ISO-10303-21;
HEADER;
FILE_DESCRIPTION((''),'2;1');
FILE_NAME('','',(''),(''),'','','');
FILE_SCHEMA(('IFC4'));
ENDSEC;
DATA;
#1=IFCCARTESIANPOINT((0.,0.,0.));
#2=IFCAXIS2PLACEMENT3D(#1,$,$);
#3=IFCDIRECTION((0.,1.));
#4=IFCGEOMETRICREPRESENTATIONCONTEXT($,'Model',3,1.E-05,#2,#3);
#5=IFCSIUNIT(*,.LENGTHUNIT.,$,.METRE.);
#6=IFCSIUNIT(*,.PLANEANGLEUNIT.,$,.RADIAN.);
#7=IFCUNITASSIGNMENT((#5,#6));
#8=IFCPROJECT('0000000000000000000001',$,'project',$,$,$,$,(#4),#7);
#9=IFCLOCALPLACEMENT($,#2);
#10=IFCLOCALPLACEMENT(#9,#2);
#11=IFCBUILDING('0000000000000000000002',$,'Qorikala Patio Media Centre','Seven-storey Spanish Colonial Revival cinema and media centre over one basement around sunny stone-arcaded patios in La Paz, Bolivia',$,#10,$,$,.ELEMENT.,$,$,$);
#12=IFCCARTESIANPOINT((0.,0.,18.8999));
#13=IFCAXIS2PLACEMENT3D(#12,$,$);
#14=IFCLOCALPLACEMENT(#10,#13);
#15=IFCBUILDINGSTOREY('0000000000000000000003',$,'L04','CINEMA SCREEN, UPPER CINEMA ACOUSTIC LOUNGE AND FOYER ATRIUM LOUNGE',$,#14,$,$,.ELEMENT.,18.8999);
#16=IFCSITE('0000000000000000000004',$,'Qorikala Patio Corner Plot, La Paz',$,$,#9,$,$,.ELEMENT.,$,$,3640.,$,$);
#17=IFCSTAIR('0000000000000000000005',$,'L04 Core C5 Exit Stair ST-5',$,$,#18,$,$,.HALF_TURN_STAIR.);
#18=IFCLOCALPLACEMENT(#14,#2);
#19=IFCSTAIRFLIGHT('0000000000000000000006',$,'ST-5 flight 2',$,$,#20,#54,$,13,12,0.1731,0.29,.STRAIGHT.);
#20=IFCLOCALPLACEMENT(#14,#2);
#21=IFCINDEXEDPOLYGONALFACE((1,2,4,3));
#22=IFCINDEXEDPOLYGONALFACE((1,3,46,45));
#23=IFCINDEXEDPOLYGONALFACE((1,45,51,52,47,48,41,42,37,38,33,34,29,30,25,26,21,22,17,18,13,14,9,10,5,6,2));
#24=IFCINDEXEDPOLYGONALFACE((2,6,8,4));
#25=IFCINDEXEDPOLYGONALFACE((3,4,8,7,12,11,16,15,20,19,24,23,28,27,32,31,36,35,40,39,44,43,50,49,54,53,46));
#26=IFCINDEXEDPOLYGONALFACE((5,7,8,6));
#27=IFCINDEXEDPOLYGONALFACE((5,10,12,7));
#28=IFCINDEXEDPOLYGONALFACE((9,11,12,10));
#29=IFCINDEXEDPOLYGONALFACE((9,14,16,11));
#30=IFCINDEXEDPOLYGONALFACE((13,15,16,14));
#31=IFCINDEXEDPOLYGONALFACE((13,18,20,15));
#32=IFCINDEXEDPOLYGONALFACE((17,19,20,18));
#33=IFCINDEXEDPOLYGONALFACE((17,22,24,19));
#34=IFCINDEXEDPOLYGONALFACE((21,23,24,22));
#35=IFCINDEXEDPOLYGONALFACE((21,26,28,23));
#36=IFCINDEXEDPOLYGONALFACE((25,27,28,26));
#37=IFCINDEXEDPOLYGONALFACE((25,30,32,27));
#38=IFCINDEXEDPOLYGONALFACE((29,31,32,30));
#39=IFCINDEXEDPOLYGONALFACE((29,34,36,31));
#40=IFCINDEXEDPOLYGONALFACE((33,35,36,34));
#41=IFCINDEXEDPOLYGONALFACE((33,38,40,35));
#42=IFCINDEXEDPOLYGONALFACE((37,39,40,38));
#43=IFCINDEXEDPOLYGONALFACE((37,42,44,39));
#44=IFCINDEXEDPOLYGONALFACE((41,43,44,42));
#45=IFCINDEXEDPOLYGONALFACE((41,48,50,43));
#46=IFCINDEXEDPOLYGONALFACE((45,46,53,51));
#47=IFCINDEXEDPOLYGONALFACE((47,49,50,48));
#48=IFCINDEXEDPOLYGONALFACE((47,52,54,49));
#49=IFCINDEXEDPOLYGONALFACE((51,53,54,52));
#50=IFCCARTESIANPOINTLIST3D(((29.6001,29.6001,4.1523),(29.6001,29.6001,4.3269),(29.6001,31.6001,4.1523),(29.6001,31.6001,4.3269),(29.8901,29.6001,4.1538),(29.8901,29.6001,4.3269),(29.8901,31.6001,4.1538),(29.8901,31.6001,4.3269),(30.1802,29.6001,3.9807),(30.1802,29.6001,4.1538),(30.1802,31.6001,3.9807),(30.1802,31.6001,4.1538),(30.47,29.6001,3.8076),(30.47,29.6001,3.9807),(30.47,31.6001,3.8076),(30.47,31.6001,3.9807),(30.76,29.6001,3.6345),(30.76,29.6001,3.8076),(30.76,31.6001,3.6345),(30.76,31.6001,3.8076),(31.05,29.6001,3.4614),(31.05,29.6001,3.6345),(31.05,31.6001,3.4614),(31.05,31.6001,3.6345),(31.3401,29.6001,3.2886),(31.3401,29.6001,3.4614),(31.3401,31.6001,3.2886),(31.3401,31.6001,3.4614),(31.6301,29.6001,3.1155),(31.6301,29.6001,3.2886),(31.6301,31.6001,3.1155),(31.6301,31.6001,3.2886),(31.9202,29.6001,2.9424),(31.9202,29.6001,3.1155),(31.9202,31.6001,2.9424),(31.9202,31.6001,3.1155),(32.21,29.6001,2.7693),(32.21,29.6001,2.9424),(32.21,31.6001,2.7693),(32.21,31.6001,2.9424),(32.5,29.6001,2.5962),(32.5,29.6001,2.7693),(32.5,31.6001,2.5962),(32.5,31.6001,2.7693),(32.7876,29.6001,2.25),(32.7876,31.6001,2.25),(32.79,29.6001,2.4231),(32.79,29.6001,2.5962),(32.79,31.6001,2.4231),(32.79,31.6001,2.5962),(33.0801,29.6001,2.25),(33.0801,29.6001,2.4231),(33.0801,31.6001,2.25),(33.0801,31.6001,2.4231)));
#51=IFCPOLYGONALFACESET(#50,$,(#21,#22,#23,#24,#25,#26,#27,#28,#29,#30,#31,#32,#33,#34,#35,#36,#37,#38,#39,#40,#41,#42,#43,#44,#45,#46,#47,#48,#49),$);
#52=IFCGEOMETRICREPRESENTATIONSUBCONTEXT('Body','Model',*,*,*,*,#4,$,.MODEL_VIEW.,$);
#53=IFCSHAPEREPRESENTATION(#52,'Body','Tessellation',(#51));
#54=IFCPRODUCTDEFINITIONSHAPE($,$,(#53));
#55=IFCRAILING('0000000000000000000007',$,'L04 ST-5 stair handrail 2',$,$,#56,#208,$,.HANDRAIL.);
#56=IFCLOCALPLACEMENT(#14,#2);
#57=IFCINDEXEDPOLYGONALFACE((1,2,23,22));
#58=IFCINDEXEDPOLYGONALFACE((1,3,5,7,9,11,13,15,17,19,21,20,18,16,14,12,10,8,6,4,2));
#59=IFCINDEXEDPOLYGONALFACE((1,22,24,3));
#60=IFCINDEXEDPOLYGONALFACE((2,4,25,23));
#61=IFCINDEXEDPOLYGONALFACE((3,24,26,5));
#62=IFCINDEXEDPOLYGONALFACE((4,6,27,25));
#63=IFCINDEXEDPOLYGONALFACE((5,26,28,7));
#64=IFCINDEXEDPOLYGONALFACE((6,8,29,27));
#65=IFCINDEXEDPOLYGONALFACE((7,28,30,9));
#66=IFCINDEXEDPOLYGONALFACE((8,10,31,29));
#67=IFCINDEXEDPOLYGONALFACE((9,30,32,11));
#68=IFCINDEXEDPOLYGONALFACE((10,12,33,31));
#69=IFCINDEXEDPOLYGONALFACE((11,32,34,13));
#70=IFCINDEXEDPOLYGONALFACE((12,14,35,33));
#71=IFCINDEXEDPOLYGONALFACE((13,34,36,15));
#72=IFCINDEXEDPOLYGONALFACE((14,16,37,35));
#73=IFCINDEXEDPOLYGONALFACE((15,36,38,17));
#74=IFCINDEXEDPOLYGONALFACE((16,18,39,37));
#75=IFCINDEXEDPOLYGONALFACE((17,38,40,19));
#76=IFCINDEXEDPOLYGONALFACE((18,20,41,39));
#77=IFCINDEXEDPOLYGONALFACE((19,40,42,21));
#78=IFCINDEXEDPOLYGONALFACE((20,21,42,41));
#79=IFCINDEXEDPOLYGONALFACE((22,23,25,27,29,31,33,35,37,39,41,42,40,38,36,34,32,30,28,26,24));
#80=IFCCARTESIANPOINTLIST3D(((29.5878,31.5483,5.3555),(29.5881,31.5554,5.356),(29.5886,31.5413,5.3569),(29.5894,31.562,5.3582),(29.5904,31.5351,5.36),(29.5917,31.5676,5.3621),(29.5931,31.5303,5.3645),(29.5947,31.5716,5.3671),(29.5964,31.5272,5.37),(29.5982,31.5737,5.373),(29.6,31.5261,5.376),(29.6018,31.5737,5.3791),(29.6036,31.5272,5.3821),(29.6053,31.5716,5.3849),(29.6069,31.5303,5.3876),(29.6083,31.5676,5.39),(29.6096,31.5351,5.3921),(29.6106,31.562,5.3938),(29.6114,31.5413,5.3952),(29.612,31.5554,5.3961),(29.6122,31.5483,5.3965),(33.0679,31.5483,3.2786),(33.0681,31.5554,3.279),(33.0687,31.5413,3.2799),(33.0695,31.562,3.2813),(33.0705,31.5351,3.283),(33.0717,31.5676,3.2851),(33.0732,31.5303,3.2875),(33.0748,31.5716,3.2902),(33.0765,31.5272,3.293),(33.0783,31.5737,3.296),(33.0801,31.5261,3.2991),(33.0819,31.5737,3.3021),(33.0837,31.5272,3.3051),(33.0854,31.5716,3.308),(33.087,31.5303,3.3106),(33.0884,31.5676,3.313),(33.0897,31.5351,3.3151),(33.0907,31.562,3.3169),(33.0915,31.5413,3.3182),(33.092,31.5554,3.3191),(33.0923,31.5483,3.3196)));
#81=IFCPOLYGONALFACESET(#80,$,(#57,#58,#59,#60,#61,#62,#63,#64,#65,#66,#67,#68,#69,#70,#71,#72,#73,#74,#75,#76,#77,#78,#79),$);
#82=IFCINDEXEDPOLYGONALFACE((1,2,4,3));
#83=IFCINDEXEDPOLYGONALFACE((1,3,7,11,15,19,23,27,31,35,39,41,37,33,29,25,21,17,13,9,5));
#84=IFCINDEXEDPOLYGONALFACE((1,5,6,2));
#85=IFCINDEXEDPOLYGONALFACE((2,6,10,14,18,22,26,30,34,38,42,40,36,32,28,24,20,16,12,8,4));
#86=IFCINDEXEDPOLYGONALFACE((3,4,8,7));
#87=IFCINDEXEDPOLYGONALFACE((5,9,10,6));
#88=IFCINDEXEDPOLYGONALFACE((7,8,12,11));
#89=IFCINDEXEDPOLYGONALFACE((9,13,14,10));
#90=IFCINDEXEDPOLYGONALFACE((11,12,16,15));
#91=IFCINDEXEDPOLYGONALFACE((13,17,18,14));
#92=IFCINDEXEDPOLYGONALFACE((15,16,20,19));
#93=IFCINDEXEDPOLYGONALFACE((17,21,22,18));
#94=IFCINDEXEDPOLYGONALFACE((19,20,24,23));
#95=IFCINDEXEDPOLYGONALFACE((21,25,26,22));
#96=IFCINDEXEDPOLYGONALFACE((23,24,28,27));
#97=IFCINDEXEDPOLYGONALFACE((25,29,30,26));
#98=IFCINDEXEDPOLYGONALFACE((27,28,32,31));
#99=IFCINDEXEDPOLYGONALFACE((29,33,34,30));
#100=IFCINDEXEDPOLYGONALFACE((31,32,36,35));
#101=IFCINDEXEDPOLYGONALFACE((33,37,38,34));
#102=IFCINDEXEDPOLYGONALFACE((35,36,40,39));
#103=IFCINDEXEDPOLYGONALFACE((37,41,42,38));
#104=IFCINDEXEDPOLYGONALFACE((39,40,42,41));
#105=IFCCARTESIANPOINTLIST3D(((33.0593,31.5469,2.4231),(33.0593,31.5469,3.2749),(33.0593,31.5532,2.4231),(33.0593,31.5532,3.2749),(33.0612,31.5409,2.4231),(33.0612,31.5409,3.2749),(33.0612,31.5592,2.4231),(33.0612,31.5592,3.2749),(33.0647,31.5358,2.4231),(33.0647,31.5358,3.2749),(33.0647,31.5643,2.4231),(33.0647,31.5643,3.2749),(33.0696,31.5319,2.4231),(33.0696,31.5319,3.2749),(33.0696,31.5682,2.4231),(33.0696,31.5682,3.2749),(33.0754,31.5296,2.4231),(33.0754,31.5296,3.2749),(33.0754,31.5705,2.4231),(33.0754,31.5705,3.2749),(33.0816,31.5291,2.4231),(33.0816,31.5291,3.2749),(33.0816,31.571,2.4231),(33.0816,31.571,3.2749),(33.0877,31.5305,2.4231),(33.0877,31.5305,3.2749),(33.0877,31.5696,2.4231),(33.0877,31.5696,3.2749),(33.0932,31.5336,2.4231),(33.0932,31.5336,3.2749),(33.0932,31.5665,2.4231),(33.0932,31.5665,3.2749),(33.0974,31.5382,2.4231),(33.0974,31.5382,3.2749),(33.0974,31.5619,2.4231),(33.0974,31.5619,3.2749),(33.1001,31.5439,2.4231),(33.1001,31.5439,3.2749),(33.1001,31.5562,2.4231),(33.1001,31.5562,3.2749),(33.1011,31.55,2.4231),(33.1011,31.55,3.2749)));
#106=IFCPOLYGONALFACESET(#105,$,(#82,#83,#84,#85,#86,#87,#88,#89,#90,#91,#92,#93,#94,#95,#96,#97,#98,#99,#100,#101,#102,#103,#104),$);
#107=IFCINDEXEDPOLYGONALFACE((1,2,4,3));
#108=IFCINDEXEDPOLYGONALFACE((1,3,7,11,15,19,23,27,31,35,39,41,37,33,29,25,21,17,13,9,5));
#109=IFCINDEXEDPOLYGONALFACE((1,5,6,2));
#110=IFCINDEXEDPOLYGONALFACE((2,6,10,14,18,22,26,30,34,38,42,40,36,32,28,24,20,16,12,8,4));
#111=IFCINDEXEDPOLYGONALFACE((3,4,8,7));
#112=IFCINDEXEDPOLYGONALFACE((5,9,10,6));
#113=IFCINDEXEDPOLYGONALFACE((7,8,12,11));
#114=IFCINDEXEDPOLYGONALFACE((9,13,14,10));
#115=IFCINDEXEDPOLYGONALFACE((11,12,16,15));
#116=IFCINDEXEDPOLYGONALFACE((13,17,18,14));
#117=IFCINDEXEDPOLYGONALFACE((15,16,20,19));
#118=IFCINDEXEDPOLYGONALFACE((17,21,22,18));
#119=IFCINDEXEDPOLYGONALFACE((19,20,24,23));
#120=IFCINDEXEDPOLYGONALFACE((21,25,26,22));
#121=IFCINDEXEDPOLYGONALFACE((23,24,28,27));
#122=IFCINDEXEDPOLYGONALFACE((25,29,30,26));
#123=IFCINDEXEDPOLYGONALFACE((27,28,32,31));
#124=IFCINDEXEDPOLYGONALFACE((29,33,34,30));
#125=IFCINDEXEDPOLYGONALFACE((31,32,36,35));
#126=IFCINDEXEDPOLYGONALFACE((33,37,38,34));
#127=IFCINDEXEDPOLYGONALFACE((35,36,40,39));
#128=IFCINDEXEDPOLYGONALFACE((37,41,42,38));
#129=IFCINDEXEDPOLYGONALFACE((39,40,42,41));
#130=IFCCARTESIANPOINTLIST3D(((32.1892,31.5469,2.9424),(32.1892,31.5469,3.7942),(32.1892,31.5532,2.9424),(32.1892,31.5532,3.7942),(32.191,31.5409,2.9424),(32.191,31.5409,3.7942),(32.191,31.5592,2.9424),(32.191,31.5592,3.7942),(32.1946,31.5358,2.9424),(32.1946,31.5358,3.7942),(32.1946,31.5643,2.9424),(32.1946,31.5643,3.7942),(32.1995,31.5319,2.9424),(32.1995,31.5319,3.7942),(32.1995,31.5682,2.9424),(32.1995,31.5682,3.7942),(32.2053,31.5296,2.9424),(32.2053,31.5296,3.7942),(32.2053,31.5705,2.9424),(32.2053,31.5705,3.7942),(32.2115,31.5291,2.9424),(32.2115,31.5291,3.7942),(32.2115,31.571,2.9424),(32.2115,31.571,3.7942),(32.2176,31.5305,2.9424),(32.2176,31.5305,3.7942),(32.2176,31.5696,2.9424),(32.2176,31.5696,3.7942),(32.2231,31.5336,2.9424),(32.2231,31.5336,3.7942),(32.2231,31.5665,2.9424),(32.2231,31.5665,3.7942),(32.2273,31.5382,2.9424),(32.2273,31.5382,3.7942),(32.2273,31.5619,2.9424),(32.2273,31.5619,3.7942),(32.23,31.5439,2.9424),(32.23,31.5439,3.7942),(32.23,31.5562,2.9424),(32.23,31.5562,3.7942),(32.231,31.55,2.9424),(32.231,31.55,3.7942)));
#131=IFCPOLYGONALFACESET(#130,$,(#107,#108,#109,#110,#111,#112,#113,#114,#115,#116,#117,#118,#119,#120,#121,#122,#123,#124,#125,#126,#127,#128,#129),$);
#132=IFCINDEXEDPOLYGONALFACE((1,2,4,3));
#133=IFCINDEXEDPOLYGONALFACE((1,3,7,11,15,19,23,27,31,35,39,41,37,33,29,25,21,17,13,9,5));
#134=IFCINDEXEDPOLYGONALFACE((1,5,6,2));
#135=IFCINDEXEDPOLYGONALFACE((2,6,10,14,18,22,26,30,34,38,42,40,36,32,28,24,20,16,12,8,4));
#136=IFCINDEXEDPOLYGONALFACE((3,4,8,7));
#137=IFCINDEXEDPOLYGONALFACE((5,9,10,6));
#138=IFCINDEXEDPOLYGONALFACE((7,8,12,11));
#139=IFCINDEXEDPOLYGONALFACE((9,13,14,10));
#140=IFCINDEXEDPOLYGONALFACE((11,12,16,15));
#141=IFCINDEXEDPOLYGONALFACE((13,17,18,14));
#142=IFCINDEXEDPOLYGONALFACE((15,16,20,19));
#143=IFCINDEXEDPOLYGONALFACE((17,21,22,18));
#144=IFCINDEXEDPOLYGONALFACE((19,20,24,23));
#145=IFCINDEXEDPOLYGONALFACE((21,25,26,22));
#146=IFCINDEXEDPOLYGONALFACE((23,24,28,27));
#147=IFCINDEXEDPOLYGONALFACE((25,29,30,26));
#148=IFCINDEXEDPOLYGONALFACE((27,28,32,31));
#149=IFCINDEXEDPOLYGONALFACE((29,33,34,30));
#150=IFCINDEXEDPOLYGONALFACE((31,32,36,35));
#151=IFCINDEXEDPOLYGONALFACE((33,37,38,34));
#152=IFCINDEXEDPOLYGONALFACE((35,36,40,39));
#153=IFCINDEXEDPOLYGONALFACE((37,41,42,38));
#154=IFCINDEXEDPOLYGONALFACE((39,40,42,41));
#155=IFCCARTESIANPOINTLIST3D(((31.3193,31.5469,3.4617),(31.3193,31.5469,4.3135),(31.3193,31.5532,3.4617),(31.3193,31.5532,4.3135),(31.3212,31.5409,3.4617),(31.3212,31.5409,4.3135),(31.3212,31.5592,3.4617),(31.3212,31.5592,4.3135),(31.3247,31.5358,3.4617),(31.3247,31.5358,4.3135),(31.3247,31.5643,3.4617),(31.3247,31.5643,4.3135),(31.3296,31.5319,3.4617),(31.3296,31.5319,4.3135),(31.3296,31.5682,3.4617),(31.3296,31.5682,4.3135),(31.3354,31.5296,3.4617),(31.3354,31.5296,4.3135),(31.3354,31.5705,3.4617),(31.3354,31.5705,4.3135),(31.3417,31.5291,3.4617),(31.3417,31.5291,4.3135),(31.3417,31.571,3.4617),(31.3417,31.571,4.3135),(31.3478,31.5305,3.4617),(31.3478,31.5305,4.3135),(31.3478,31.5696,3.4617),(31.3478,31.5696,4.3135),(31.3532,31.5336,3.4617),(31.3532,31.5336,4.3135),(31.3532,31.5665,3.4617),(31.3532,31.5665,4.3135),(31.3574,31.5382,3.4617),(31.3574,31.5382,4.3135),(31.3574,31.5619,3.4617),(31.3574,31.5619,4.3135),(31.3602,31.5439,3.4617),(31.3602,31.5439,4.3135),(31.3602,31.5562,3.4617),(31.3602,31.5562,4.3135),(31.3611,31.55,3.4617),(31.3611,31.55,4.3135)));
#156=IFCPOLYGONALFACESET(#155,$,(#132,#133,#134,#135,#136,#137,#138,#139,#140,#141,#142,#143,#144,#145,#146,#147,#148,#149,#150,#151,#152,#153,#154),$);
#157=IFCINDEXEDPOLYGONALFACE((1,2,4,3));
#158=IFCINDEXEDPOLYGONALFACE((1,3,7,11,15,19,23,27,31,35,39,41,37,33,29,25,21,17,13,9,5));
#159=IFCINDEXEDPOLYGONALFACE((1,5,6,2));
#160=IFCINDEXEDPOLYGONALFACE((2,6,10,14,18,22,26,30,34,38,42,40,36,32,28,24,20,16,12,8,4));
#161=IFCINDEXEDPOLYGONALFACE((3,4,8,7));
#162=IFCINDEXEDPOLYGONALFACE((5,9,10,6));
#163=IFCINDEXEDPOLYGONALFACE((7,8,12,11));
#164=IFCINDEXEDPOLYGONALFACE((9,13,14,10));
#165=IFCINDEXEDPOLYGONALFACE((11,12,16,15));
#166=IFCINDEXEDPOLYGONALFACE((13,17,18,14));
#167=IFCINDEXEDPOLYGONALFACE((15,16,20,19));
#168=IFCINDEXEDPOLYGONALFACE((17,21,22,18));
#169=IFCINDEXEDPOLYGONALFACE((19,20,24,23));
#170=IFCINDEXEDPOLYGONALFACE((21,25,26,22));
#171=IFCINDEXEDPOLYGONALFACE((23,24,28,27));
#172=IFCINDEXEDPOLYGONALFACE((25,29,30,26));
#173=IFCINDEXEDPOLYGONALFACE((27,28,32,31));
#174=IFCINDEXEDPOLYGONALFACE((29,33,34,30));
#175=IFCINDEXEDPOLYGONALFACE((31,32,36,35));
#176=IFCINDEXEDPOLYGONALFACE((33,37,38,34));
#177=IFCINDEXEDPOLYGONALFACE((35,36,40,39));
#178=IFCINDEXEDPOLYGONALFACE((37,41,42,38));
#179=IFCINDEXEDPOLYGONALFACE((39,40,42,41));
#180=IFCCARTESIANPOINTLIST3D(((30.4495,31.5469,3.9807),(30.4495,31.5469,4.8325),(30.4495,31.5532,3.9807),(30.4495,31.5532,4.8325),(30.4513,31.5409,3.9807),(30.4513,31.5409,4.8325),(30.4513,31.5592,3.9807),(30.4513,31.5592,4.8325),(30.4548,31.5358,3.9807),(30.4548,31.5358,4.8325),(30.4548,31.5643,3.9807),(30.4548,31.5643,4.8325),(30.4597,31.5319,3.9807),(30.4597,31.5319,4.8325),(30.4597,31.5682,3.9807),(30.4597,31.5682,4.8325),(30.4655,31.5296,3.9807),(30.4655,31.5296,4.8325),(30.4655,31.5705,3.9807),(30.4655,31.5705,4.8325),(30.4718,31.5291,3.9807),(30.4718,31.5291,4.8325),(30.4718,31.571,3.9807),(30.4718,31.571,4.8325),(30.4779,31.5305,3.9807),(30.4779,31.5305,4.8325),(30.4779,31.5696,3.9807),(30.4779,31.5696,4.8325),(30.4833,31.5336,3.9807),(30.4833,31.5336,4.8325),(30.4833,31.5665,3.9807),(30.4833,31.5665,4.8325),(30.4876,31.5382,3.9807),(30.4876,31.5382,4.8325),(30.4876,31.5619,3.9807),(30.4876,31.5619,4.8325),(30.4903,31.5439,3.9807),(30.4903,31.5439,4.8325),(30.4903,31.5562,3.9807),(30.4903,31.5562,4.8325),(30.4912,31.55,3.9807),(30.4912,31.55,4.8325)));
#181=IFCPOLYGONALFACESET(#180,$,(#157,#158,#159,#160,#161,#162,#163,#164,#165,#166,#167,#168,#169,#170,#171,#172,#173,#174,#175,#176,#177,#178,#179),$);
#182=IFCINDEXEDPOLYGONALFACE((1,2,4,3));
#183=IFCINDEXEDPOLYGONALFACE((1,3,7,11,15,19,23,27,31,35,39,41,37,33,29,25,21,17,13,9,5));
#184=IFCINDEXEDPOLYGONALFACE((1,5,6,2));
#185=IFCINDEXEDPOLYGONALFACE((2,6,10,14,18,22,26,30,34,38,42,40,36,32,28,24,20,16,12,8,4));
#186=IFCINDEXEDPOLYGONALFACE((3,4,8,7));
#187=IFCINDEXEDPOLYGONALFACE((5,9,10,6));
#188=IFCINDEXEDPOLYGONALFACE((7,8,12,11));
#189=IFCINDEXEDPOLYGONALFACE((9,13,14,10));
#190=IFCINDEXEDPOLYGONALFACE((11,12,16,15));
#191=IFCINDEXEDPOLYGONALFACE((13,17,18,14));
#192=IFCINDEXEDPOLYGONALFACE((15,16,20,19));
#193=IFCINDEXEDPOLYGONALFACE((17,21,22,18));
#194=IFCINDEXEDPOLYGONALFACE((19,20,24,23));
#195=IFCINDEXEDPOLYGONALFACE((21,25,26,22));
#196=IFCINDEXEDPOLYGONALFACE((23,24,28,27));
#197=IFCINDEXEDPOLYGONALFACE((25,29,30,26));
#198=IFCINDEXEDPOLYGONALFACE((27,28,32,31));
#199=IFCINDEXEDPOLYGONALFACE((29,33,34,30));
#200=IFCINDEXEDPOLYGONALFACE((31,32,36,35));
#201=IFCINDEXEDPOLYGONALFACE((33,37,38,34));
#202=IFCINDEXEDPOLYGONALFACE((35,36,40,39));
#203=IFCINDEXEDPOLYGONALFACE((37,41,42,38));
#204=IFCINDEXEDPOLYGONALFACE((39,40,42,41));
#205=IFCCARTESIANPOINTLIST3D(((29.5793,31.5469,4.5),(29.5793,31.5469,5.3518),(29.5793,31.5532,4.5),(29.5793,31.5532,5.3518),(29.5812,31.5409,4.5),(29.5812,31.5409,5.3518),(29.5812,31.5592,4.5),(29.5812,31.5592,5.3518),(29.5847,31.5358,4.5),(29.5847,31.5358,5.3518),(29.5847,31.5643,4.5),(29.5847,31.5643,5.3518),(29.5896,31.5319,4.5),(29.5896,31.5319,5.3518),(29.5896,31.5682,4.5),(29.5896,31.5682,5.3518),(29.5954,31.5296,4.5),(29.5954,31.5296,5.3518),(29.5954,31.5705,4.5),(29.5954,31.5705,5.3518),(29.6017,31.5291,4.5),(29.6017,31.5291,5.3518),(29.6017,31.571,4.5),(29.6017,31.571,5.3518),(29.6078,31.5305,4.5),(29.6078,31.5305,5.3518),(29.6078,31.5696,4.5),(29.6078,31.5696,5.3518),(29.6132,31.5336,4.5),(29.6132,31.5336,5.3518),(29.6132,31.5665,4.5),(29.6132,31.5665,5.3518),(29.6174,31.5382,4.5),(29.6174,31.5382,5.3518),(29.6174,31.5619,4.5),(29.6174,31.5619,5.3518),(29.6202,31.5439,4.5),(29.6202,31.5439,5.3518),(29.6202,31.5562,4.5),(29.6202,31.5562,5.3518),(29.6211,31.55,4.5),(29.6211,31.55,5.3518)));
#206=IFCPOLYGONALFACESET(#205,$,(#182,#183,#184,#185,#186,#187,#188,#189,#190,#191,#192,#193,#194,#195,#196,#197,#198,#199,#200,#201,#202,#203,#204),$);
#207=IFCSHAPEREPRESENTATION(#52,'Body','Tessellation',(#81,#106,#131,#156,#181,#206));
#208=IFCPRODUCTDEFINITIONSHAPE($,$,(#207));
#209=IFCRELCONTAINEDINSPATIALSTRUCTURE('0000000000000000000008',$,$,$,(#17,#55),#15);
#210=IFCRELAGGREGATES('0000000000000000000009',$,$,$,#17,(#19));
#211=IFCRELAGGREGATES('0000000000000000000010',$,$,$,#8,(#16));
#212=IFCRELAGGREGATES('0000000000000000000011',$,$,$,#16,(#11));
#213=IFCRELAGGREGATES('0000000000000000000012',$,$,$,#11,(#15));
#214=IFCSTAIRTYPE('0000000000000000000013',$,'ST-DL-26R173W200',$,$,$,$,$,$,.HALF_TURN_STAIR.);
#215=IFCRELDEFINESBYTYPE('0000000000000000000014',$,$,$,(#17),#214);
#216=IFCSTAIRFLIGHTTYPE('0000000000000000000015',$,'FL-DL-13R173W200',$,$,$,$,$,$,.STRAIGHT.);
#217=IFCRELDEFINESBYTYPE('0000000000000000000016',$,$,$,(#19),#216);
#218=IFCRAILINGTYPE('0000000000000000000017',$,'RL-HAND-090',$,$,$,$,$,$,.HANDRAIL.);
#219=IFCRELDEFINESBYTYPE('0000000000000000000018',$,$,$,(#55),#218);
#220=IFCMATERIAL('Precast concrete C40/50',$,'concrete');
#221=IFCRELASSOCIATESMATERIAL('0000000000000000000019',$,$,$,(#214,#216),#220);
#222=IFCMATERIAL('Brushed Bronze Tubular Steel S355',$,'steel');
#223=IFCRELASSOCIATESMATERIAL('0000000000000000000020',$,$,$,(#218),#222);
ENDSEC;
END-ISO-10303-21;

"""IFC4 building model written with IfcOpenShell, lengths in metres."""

from ifc_helpers import new_model, si_unit, direction, frame, origin, origin_2d, place, context, subcontext, project, spatial, polyline, circle, outline, extrude, material, type_object, element, aggregate, save


model = new_model("IFC4")

# Units and contexts
model_context = context("Model", 3, precision=1e-05, world=origin(), true_north=direction((0.0, 1.0)))
body_context = subcontext(model_context, "Body", "Model", "MODEL_VIEW")
ifc_project = project(units=[si_unit("LENGTHUNIT", "METRE"), si_unit("PLANEANGLEUNIT", "RADIAN")], contexts=[model_context])

# Site, building, storey
site_placement = place(None, origin())
site = spatial("IfcSite", under=ifc_project, at=site_placement, Name="Qorikala Patio Corner Plot, La Paz", CompositionType="ELEMENT", RefElevation=3640.0)
building_placement = place(site_placement, origin())
building = spatial("IfcBuilding", under=site, at=building_placement, Name="Qorikala Patio Media Centre", Description="Seven-storey Spanish Colonial Revival cinema and media centre over one basement around sunny stone-arcaded patios in La Paz, Bolivia", CompositionType="ELEMENT")
storey_placement = place(building_placement, frame((0.0, 0.0, 18.8999)))
storey = spatial("IfcBuildingStorey", under=building, at=storey_placement, Name="L04", Description="CINEMA SCREEN, UPPER CINEMA ACOUSTIC LOUNGE AND FOYER ATRIUM LOUNGE", CompositionType="ELEMENT", Elevation=18.8999)

# Stair, stair flight
ifc_material_1 = material(Name="Precast concrete C40/50", Category="concrete")
stair_type = type_object("IfcStairType", Name="ST-DL-26R173W200", PredefinedType="HALF_TURN_STAIR", material=ifc_material_1)
stair_placement = place(storey_placement, origin())
stair = element("IfcStair", 1, at=stair_placement, inside=storey, type_object=stair_type, Name="L04 Core C5 Exit Stair ST-5", PredefinedType="HALF_TURN_STAIR")
stair_flight_type = type_object("IfcStairFlightType", Name="FL-DL-13R173W200", PredefinedType="STRAIGHT", material=ifc_material_1)
stair_flight_placement = place(storey_placement, frame((33.0801, 30.6001, 2.25), z_axis=(0.0, 0.0, 1.0), x_axis=(-1.0, 0.0, 0.0)))
stair_flight = element("IfcStairFlight", 2, at=stair_flight_placement, type_object=stair_flight_type, Name="ST-5 flight 2", NumberOfRisers=13, NumberOfTreads=12, PredefinedType="STRAIGHT", RiserHeight=0.1731, TreadLength=0.29, context=body_context, shape_type="SweptSolid", body=[
    extrude(outline(polyline([(0.0, 0.0), (0.0, 0.1731), (0.29, 0.1731), (0.29, 0.3462), (0.5801, 0.3462), (0.5801, 0.5193), (0.8701, 0.5193), (0.8701, 0.6924), (1.1599, 0.6924), (1.1599, 0.8655), (1.45, 0.8655), (1.45, 1.0386), (1.74, 1.0386), (1.74, 1.2114), (2.03, 1.2114), (2.03, 1.3845), (2.3201, 1.3845), (2.3201, 1.5576), (2.6101, 1.5576), (2.6101, 1.7307), (2.8999, 1.7307), (2.8999, 1.9038), (3.1899, 1.9038), (3.1899, 2.0769), (3.48, 2.0769), (3.48, 2.25), (3.48, 1.9023), (0.2925, 0.0), (0.0, 0.0)])), frame((0.0, 1.0, 0.0), z_axis=(0.0, -1.0, 0.0), x_axis=(1.0, 0.0, 0.0)), (0.0, 0.0, 1.0), 2.0),
])
aggregate(stair, [stair_flight])

# Railing
ifc_material_2 = material(Name="Brushed Bronze Tubular Steel S355", Category="steel")
railing_type = type_object("IfcRailingType", Name="RL-HAND-090", PredefinedType="HANDRAIL", material=ifc_material_2)
railing_placement = place(storey_placement, frame((33.0801, 31.55, 2.4231)))
element("IfcRailing", 3, at=railing_placement, inside=storey, type_object=railing_type, Name="L04 ST-5 stair handrail 2", PredefinedType="HANDRAIL", context=body_context, shape_type="SweptSolid", body=[
    extrude(circle(Radius=0.0239, at=origin_2d()), frame((0.0, 0.0, 0.876), z_axis=(-0.858697, 0.0, 0.512483), x_axis=(0.0, -1.0, 0.0)), (0.0, 0.0, 1.0), 4.0527),
    extrude(circle(Radius=0.021, at=origin_2d()), origin(), (0.0, 0.0, 1.0), 0.8518),
    extrude(circle(Radius=0.021, at=origin_2d()), frame((-0.8701, 0.0, 0.5193)), (0.0, 0.0, 1.0), 0.8518),
    extrude(circle(Radius=0.021, at=origin_2d()), frame((-1.74, 0.0, 1.0386)), (0.0, 0.0, 1.0), 0.8518),
    extrude(circle(Radius=0.021, at=origin_2d()), frame((-2.6099, 0.0, 1.5576)), (0.0, 0.0, 1.0), 0.8518),
    extrude(circle(Radius=0.021, at=origin_2d()), frame((-3.48, 0.0, 2.0769)), (0.0, 0.0, 1.0), 0.8518),
])

save(model, "model.ifc")
